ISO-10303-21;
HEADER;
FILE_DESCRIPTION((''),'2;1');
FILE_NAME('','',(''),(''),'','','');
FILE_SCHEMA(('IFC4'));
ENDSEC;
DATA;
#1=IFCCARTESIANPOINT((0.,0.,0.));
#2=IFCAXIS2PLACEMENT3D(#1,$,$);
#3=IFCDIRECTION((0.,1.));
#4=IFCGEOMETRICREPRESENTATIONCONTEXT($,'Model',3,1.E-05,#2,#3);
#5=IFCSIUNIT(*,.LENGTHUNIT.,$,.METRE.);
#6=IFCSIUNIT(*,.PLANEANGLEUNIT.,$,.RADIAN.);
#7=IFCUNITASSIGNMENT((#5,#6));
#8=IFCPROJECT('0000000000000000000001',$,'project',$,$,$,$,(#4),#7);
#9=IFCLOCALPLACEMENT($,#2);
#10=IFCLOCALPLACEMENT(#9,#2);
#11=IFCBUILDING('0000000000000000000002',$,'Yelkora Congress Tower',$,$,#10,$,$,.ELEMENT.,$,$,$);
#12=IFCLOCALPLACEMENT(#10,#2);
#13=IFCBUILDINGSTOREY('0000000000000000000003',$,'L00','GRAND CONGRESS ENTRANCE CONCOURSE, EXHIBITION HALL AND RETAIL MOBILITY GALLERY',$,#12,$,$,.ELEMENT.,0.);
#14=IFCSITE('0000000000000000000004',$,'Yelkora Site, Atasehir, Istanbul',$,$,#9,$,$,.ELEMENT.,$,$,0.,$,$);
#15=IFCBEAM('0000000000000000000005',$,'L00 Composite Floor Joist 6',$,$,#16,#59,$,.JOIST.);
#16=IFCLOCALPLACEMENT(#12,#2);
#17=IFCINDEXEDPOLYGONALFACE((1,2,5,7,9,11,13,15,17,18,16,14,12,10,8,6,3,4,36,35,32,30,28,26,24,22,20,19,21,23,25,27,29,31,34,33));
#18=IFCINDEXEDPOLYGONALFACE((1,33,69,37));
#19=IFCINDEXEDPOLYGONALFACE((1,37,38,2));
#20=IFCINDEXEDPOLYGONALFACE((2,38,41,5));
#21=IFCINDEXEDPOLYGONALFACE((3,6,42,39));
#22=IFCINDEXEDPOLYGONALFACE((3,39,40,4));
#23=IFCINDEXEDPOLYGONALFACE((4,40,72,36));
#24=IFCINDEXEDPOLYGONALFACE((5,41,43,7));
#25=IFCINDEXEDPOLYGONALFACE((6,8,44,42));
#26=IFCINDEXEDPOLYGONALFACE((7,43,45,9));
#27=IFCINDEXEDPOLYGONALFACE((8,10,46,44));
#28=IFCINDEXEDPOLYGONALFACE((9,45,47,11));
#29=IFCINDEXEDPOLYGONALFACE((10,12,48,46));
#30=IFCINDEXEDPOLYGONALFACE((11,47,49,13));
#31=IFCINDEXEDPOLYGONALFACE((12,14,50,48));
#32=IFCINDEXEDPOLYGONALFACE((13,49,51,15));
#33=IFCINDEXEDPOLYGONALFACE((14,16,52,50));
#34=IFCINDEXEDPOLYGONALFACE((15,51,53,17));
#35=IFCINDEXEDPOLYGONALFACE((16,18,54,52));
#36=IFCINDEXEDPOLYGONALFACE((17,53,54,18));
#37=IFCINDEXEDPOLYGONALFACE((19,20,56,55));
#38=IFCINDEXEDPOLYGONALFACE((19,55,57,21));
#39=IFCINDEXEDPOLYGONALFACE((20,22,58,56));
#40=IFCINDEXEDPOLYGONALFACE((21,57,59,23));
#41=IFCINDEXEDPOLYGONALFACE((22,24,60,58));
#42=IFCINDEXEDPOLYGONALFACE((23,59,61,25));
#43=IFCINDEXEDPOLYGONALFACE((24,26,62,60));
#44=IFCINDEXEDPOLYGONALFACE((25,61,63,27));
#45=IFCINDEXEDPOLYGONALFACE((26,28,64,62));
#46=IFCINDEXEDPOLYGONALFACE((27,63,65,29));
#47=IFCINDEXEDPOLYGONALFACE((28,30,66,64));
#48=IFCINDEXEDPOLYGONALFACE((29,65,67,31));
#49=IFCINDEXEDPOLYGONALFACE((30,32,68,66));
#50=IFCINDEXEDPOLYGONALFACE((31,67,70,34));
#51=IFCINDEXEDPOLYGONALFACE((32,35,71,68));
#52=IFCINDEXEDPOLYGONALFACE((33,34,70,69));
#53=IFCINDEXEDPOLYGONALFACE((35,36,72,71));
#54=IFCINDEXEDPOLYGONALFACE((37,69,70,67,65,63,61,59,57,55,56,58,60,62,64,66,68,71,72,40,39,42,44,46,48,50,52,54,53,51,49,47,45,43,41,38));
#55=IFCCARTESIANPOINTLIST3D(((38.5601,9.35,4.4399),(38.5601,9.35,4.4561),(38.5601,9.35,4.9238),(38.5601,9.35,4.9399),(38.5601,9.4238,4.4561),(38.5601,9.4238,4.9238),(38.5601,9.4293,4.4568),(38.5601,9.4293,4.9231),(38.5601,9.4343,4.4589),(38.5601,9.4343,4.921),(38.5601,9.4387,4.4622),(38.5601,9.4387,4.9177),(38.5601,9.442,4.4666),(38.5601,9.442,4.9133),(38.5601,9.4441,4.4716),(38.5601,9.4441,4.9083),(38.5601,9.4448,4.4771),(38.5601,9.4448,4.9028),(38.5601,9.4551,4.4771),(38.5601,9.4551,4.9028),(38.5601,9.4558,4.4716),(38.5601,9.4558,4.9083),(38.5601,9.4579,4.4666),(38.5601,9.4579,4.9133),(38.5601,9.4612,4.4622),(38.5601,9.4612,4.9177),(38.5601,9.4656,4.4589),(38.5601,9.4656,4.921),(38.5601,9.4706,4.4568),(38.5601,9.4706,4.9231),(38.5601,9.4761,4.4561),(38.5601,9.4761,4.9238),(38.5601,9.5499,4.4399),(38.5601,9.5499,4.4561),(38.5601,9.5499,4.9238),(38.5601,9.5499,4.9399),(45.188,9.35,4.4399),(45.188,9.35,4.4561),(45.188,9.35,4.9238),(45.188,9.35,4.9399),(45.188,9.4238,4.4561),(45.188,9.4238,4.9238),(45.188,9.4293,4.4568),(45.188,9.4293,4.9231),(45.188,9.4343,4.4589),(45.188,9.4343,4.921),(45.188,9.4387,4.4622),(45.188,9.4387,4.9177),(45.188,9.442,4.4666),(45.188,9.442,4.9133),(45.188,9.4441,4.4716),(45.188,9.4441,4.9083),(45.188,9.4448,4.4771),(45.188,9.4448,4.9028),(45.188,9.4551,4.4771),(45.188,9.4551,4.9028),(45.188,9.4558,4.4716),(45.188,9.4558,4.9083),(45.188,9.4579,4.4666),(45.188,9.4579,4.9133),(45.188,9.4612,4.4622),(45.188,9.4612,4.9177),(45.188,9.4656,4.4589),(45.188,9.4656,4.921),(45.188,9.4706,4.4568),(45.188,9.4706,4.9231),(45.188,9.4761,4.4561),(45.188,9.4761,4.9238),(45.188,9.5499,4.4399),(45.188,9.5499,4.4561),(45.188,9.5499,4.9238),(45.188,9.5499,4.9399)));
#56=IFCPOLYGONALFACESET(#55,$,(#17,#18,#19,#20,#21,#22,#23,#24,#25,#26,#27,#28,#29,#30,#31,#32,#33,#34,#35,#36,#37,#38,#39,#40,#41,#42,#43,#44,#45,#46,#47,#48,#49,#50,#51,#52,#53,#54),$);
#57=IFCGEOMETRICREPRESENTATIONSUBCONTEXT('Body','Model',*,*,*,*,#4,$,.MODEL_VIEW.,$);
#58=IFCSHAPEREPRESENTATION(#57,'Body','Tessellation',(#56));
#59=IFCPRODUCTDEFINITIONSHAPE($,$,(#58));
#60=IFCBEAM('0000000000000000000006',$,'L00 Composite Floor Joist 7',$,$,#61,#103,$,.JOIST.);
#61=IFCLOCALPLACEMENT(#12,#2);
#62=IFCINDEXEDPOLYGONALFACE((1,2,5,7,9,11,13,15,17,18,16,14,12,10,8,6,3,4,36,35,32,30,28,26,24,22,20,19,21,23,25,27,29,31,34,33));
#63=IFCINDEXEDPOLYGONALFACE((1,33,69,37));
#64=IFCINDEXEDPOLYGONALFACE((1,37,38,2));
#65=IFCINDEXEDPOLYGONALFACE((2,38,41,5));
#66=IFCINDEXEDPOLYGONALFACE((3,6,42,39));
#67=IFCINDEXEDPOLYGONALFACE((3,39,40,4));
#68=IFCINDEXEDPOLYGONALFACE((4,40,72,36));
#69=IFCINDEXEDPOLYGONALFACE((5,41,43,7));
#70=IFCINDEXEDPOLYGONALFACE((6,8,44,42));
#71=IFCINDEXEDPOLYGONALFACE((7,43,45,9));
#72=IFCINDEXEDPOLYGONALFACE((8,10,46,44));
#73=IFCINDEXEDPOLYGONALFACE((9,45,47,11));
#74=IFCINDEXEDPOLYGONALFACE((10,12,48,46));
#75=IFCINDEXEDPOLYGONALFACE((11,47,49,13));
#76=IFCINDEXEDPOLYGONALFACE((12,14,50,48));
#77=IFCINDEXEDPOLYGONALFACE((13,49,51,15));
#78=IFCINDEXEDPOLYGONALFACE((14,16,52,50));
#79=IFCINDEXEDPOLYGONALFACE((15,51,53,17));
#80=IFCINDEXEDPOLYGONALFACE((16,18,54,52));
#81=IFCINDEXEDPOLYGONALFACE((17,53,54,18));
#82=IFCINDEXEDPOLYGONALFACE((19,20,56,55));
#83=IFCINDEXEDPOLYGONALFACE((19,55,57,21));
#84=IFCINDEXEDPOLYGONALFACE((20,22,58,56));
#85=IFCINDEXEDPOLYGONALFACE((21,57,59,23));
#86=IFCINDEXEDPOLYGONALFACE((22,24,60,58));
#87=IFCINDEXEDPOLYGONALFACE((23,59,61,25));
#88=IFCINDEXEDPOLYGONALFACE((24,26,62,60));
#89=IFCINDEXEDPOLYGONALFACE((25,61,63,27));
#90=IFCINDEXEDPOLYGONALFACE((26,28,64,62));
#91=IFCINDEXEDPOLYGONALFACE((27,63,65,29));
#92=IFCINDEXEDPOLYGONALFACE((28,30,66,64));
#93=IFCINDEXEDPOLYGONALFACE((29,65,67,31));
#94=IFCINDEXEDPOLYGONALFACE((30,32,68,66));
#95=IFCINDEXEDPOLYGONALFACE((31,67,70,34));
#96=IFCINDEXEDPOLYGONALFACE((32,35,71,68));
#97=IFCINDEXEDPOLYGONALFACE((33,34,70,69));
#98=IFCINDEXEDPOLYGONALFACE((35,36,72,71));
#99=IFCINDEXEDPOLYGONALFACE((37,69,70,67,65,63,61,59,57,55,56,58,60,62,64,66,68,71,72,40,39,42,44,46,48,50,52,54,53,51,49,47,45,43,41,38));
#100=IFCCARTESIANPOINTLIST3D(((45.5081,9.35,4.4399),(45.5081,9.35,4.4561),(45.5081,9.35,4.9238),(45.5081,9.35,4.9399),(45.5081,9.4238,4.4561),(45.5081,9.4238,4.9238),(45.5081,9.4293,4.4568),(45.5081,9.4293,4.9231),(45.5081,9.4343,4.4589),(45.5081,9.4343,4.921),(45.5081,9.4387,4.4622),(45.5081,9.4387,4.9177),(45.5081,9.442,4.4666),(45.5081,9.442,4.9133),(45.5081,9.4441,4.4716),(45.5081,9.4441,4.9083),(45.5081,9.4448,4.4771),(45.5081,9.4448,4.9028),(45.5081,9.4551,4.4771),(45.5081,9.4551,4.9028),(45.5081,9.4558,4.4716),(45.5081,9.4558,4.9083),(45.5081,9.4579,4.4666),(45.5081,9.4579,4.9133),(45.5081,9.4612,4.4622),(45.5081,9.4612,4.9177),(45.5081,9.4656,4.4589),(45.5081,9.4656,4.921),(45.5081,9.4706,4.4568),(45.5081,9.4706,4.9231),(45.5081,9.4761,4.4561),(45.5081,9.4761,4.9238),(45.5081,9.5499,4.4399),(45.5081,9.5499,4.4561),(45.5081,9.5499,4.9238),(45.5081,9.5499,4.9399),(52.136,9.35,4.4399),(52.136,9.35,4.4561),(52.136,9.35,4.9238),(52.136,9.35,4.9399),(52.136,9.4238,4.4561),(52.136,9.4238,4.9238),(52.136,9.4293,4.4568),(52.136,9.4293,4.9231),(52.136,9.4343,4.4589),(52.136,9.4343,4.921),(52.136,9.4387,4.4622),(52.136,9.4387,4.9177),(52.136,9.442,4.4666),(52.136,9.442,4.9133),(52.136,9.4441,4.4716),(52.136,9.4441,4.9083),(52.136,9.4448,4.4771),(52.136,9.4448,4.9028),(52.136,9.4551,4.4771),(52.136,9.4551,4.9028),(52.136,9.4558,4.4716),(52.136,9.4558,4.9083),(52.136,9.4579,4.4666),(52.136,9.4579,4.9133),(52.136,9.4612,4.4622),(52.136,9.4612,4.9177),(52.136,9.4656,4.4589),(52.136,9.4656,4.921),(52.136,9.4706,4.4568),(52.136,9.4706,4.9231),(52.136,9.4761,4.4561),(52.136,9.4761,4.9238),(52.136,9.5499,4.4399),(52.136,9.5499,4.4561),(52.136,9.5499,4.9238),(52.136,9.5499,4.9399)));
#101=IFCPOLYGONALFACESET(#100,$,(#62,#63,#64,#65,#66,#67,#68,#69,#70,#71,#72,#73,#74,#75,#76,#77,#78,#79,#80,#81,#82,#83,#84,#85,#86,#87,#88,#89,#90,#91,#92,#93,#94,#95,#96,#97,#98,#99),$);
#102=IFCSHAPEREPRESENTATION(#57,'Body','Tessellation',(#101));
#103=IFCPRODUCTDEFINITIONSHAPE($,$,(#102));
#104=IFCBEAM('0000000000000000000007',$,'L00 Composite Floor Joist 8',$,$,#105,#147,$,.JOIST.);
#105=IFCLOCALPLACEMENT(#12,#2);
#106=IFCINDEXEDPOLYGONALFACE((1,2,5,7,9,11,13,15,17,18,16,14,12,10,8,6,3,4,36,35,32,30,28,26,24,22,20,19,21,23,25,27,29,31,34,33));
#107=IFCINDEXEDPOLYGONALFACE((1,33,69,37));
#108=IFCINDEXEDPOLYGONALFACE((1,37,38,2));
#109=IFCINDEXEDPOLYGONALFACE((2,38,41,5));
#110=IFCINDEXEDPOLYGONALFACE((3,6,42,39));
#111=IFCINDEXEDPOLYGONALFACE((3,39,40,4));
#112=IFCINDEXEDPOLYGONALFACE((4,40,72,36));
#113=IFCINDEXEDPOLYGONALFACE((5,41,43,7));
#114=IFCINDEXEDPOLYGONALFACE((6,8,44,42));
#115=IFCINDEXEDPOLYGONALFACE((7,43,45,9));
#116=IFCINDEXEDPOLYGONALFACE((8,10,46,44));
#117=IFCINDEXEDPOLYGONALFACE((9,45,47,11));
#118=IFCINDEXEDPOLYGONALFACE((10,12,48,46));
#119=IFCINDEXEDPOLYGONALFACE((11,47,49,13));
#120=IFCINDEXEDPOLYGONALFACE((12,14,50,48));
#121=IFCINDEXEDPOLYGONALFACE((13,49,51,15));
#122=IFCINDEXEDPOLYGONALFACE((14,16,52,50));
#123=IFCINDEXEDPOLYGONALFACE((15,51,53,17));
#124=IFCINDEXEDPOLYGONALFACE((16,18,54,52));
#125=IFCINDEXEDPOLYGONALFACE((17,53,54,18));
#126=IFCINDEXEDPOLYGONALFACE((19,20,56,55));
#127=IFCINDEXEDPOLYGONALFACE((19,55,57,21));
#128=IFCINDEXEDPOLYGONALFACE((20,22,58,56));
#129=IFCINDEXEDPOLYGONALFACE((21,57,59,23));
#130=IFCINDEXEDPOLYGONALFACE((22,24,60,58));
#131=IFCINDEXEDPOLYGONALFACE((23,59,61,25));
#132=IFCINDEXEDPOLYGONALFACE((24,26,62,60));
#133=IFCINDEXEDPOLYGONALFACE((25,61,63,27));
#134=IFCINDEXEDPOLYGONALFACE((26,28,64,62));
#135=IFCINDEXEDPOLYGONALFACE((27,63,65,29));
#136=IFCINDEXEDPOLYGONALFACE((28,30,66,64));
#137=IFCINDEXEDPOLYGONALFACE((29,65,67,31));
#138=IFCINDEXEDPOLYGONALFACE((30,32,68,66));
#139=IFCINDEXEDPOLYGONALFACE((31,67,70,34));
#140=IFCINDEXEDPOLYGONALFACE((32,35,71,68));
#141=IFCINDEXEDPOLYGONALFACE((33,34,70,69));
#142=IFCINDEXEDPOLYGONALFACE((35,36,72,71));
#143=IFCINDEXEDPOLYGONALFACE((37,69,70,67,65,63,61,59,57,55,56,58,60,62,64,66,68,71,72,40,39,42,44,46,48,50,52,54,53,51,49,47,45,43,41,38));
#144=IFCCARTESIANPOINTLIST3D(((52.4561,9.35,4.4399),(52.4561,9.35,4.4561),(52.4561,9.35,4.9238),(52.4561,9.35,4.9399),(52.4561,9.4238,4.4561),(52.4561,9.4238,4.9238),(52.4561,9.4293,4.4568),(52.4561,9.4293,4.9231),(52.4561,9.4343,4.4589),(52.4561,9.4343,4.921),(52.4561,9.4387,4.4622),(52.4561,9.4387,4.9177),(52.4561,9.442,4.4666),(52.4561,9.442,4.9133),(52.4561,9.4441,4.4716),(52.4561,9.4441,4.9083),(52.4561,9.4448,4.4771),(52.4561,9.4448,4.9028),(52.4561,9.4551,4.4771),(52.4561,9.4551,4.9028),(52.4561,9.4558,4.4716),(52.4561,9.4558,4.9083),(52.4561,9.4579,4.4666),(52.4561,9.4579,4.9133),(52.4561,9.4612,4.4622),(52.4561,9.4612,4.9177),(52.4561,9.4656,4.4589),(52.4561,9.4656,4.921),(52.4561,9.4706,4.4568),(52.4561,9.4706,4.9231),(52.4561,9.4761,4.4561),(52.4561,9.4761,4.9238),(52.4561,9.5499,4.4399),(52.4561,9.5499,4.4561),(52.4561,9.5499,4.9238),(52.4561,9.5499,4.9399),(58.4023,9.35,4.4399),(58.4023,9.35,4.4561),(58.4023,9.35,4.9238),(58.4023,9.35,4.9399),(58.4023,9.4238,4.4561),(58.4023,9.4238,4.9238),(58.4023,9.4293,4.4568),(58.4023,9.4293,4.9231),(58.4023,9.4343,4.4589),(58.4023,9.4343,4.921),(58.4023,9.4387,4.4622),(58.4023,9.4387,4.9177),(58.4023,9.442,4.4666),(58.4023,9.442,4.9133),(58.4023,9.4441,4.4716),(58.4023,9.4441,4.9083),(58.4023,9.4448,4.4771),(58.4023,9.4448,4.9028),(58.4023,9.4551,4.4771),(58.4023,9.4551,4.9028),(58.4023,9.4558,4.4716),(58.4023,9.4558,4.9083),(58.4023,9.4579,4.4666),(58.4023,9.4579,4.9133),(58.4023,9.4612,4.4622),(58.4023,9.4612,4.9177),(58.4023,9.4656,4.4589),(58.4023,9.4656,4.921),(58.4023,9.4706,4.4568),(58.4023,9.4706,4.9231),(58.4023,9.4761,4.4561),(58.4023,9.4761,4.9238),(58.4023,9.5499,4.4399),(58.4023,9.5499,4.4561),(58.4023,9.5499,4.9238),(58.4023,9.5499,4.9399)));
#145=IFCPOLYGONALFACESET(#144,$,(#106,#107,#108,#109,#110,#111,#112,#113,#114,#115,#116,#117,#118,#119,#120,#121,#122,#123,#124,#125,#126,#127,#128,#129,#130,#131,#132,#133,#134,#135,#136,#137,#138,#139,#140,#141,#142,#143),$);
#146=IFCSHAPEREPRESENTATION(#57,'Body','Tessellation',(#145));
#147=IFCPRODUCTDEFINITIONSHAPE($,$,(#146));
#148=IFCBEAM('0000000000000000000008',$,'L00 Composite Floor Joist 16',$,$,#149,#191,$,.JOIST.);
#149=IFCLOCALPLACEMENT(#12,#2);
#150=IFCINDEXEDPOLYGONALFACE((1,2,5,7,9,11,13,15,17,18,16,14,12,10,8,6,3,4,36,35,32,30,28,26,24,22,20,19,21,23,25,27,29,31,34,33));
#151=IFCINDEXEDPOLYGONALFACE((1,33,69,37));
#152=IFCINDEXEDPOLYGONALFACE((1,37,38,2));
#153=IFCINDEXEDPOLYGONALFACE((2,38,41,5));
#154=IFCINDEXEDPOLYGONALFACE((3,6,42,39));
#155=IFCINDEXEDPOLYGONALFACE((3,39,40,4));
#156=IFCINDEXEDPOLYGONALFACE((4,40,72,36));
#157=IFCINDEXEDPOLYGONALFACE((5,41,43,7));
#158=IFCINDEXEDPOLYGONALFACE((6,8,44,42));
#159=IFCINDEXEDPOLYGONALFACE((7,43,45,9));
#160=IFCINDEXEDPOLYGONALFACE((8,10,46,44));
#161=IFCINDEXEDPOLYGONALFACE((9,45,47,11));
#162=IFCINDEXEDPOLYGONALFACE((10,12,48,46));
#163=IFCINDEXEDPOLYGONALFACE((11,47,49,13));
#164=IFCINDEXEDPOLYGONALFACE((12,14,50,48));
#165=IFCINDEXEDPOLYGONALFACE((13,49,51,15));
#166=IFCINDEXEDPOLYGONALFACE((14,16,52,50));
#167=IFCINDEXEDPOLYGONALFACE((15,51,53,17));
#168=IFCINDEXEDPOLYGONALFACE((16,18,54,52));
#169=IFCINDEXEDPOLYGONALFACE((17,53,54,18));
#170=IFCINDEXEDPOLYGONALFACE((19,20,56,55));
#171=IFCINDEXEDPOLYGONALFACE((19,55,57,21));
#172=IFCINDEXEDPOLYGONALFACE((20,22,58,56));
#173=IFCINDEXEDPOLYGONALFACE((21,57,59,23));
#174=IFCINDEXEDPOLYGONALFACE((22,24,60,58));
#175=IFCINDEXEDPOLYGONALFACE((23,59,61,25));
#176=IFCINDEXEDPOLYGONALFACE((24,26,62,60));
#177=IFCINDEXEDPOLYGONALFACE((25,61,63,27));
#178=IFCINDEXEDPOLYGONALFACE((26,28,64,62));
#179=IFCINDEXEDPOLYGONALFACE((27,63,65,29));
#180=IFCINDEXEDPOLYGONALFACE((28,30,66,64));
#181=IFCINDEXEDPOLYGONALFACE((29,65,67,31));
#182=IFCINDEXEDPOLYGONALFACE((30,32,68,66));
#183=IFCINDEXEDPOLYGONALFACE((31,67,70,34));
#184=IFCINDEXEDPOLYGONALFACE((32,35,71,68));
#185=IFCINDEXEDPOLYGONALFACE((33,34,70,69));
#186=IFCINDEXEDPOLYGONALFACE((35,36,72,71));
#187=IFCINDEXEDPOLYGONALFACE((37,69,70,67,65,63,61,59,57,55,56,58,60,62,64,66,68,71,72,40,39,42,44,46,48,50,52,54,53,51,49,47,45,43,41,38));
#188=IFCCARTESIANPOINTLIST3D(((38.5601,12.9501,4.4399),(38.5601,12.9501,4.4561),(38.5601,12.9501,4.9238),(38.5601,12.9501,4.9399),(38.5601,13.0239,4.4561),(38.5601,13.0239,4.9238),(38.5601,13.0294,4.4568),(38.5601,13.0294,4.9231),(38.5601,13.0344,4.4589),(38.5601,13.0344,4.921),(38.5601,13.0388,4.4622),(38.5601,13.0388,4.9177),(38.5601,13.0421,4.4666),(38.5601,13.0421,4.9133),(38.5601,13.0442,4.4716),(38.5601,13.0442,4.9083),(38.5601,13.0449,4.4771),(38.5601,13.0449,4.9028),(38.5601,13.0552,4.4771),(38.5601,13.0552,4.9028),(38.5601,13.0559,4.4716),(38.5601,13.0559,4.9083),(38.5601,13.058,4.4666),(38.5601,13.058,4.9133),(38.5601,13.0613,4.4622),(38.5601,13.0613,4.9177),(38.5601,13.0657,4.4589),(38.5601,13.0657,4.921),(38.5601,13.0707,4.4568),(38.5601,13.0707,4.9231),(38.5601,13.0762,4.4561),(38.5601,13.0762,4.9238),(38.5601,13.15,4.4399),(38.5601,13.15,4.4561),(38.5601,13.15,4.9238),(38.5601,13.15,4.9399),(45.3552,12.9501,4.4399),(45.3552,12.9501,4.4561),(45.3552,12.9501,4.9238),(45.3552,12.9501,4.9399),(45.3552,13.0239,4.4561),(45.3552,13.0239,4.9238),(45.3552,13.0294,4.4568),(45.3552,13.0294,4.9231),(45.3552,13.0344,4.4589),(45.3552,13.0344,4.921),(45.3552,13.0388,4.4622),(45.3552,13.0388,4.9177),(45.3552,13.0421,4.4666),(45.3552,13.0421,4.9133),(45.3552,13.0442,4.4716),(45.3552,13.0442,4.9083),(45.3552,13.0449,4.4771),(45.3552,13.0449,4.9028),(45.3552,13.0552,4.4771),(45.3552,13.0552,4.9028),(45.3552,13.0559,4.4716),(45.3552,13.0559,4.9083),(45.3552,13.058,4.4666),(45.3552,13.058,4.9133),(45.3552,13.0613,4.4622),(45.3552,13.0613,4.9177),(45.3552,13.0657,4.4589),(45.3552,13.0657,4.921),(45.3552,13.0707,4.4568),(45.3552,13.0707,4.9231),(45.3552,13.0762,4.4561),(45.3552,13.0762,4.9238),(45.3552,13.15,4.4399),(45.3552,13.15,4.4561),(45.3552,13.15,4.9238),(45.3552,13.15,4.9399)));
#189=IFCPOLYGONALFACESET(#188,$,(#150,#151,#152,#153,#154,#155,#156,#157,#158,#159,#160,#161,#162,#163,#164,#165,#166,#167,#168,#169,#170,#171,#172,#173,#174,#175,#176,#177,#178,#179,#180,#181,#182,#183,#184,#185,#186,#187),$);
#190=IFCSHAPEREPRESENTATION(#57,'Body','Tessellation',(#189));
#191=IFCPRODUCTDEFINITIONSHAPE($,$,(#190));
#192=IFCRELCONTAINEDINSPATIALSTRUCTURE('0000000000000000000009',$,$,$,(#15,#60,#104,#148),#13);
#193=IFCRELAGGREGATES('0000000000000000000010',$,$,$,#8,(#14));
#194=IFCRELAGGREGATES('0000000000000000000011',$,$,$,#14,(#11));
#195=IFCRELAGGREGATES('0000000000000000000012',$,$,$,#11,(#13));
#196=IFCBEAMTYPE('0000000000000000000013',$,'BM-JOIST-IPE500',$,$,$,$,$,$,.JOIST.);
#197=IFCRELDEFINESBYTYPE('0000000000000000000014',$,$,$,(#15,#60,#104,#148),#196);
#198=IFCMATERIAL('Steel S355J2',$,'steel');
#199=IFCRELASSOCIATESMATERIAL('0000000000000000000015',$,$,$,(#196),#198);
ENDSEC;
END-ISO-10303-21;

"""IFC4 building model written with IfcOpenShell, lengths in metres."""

from ifc_helpers import new_model, si_unit, direction, frame, origin, origin_2d, place, context, subcontext, project, spatial, i_section, extrude, material, material_profile, profile_set, type_object, element, save


model = new_model("IFC4")

# Units and contexts
model_context = context("Model", 3, precision=1e-05, world=origin(), true_north=direction((0.0, 1.0)))
body_context = subcontext(model_context, "Body", "Model", "MODEL_VIEW")
ifc_project = project(units=[si_unit("LENGTHUNIT", "METRE"), si_unit("PLANEANGLEUNIT", "RADIAN")], contexts=[model_context])

# Site, building, storey
site_placement = place(None, origin())
site = spatial("IfcSite", under=ifc_project, at=site_placement, Name="Yelkora Site, Atasehir, Istanbul", CompositionType="ELEMENT", RefElevation=0.0)
building_placement = place(site_placement, origin())
building = spatial("IfcBuilding", under=site, at=building_placement, Name="Yelkora Congress Tower", CompositionType="ELEMENT")
storey_placement = place(building_placement, origin())
storey = spatial("IfcBuildingStorey", under=building, at=storey_placement, Name="L00", Description="GRAND CONGRESS ENTRANCE CONCOURSE, EXHIBITION HALL AND RETAIL MOBILITY GALLERY", CompositionType="ELEMENT", Elevation=0.0)

# Beams
ifc_material_1 = material(Name="Steel S355J2", Category="steel")
ifc_material_profile_1 = material_profile(ifc_material_1, i_section(OverallWidth=0.2, OverallDepth=0.5, WebThickness=0.0103, FlangeThickness=0.0161, FilletRadius=0.021, at=origin_2d()), Name="IPE 500")
ifc_profile_set_1 = profile_set([ifc_material_profile_1], Name="Steel S355J2")
beam_type_1 = type_object("IfcBeamType", Name="BM-JOIST-IPE500", PredefinedType="JOIST", material=ifc_profile_set_1)
for number, where, z_axis, x_axis, name in (
    (1, (38.5601, 9.45, 4.6899), (1.0, 0.0, 0.0), (0.0, 1.0, 0.0), "L00 Composite Floor Joist 6"),
    (2, (45.5081, 9.45, 4.6899), (1.0, 0.0, 0.0), (0.0, 1.0, 0.0), "L00 Composite Floor Joist 7"),
):
    element("IfcBeam", number, at=place(storey_placement, frame(where, z_axis=z_axis, x_axis=x_axis)), inside=storey, type_object=beam_type_1, Name=name, PredefinedType="JOIST", context=body_context, shape_type="SweptSolid", body=[
        extrude(i_section(OverallWidth=0.2, OverallDepth=0.5, WebThickness=0.0103, FlangeThickness=0.0161, FilletRadius=0.021, at=origin_2d()), origin(), (0.0, 0.0, 1.0), 6.6279),
    ])
beam_1_placement = place(storey_placement, frame((52.4561, 9.45, 4.6899), z_axis=(1.0, 0.0, 0.0), x_axis=(0.0, 1.0, 0.0)))
element("IfcBeam", 3, at=beam_1_placement, inside=storey, type_object=beam_type_1, Name="L00 Composite Floor Joist 8", PredefinedType="JOIST", context=body_context, shape_type="SweptSolid", body=[
    extrude(i_section(OverallWidth=0.2, OverallDepth=0.5, WebThickness=0.0103, FlangeThickness=0.0161, FilletRadius=0.021, at=origin_2d()), origin(), (0.0, 0.0, 1.0), 5.9463),
])
beam_2_placement = place(storey_placement, frame((38.5601, 13.05, 4.6899), z_axis=(1.0, 0.0, 0.0), x_axis=(0.0, 1.0, 0.0)))
element("IfcBeam", 4, at=beam_2_placement, inside=storey, type_object=beam_type_1, Name="L00 Composite Floor Joist 16", PredefinedType="JOIST", context=body_context, shape_type="SweptSolid", body=[
    extrude(i_section(OverallWidth=0.2, OverallDepth=0.5, WebThickness=0.0103, FlangeThickness=0.0161, FilletRadius=0.021, at=origin_2d()), origin(), (0.0, 0.0, 1.0), 6.7952),
])

save(model, "model.ifc")
